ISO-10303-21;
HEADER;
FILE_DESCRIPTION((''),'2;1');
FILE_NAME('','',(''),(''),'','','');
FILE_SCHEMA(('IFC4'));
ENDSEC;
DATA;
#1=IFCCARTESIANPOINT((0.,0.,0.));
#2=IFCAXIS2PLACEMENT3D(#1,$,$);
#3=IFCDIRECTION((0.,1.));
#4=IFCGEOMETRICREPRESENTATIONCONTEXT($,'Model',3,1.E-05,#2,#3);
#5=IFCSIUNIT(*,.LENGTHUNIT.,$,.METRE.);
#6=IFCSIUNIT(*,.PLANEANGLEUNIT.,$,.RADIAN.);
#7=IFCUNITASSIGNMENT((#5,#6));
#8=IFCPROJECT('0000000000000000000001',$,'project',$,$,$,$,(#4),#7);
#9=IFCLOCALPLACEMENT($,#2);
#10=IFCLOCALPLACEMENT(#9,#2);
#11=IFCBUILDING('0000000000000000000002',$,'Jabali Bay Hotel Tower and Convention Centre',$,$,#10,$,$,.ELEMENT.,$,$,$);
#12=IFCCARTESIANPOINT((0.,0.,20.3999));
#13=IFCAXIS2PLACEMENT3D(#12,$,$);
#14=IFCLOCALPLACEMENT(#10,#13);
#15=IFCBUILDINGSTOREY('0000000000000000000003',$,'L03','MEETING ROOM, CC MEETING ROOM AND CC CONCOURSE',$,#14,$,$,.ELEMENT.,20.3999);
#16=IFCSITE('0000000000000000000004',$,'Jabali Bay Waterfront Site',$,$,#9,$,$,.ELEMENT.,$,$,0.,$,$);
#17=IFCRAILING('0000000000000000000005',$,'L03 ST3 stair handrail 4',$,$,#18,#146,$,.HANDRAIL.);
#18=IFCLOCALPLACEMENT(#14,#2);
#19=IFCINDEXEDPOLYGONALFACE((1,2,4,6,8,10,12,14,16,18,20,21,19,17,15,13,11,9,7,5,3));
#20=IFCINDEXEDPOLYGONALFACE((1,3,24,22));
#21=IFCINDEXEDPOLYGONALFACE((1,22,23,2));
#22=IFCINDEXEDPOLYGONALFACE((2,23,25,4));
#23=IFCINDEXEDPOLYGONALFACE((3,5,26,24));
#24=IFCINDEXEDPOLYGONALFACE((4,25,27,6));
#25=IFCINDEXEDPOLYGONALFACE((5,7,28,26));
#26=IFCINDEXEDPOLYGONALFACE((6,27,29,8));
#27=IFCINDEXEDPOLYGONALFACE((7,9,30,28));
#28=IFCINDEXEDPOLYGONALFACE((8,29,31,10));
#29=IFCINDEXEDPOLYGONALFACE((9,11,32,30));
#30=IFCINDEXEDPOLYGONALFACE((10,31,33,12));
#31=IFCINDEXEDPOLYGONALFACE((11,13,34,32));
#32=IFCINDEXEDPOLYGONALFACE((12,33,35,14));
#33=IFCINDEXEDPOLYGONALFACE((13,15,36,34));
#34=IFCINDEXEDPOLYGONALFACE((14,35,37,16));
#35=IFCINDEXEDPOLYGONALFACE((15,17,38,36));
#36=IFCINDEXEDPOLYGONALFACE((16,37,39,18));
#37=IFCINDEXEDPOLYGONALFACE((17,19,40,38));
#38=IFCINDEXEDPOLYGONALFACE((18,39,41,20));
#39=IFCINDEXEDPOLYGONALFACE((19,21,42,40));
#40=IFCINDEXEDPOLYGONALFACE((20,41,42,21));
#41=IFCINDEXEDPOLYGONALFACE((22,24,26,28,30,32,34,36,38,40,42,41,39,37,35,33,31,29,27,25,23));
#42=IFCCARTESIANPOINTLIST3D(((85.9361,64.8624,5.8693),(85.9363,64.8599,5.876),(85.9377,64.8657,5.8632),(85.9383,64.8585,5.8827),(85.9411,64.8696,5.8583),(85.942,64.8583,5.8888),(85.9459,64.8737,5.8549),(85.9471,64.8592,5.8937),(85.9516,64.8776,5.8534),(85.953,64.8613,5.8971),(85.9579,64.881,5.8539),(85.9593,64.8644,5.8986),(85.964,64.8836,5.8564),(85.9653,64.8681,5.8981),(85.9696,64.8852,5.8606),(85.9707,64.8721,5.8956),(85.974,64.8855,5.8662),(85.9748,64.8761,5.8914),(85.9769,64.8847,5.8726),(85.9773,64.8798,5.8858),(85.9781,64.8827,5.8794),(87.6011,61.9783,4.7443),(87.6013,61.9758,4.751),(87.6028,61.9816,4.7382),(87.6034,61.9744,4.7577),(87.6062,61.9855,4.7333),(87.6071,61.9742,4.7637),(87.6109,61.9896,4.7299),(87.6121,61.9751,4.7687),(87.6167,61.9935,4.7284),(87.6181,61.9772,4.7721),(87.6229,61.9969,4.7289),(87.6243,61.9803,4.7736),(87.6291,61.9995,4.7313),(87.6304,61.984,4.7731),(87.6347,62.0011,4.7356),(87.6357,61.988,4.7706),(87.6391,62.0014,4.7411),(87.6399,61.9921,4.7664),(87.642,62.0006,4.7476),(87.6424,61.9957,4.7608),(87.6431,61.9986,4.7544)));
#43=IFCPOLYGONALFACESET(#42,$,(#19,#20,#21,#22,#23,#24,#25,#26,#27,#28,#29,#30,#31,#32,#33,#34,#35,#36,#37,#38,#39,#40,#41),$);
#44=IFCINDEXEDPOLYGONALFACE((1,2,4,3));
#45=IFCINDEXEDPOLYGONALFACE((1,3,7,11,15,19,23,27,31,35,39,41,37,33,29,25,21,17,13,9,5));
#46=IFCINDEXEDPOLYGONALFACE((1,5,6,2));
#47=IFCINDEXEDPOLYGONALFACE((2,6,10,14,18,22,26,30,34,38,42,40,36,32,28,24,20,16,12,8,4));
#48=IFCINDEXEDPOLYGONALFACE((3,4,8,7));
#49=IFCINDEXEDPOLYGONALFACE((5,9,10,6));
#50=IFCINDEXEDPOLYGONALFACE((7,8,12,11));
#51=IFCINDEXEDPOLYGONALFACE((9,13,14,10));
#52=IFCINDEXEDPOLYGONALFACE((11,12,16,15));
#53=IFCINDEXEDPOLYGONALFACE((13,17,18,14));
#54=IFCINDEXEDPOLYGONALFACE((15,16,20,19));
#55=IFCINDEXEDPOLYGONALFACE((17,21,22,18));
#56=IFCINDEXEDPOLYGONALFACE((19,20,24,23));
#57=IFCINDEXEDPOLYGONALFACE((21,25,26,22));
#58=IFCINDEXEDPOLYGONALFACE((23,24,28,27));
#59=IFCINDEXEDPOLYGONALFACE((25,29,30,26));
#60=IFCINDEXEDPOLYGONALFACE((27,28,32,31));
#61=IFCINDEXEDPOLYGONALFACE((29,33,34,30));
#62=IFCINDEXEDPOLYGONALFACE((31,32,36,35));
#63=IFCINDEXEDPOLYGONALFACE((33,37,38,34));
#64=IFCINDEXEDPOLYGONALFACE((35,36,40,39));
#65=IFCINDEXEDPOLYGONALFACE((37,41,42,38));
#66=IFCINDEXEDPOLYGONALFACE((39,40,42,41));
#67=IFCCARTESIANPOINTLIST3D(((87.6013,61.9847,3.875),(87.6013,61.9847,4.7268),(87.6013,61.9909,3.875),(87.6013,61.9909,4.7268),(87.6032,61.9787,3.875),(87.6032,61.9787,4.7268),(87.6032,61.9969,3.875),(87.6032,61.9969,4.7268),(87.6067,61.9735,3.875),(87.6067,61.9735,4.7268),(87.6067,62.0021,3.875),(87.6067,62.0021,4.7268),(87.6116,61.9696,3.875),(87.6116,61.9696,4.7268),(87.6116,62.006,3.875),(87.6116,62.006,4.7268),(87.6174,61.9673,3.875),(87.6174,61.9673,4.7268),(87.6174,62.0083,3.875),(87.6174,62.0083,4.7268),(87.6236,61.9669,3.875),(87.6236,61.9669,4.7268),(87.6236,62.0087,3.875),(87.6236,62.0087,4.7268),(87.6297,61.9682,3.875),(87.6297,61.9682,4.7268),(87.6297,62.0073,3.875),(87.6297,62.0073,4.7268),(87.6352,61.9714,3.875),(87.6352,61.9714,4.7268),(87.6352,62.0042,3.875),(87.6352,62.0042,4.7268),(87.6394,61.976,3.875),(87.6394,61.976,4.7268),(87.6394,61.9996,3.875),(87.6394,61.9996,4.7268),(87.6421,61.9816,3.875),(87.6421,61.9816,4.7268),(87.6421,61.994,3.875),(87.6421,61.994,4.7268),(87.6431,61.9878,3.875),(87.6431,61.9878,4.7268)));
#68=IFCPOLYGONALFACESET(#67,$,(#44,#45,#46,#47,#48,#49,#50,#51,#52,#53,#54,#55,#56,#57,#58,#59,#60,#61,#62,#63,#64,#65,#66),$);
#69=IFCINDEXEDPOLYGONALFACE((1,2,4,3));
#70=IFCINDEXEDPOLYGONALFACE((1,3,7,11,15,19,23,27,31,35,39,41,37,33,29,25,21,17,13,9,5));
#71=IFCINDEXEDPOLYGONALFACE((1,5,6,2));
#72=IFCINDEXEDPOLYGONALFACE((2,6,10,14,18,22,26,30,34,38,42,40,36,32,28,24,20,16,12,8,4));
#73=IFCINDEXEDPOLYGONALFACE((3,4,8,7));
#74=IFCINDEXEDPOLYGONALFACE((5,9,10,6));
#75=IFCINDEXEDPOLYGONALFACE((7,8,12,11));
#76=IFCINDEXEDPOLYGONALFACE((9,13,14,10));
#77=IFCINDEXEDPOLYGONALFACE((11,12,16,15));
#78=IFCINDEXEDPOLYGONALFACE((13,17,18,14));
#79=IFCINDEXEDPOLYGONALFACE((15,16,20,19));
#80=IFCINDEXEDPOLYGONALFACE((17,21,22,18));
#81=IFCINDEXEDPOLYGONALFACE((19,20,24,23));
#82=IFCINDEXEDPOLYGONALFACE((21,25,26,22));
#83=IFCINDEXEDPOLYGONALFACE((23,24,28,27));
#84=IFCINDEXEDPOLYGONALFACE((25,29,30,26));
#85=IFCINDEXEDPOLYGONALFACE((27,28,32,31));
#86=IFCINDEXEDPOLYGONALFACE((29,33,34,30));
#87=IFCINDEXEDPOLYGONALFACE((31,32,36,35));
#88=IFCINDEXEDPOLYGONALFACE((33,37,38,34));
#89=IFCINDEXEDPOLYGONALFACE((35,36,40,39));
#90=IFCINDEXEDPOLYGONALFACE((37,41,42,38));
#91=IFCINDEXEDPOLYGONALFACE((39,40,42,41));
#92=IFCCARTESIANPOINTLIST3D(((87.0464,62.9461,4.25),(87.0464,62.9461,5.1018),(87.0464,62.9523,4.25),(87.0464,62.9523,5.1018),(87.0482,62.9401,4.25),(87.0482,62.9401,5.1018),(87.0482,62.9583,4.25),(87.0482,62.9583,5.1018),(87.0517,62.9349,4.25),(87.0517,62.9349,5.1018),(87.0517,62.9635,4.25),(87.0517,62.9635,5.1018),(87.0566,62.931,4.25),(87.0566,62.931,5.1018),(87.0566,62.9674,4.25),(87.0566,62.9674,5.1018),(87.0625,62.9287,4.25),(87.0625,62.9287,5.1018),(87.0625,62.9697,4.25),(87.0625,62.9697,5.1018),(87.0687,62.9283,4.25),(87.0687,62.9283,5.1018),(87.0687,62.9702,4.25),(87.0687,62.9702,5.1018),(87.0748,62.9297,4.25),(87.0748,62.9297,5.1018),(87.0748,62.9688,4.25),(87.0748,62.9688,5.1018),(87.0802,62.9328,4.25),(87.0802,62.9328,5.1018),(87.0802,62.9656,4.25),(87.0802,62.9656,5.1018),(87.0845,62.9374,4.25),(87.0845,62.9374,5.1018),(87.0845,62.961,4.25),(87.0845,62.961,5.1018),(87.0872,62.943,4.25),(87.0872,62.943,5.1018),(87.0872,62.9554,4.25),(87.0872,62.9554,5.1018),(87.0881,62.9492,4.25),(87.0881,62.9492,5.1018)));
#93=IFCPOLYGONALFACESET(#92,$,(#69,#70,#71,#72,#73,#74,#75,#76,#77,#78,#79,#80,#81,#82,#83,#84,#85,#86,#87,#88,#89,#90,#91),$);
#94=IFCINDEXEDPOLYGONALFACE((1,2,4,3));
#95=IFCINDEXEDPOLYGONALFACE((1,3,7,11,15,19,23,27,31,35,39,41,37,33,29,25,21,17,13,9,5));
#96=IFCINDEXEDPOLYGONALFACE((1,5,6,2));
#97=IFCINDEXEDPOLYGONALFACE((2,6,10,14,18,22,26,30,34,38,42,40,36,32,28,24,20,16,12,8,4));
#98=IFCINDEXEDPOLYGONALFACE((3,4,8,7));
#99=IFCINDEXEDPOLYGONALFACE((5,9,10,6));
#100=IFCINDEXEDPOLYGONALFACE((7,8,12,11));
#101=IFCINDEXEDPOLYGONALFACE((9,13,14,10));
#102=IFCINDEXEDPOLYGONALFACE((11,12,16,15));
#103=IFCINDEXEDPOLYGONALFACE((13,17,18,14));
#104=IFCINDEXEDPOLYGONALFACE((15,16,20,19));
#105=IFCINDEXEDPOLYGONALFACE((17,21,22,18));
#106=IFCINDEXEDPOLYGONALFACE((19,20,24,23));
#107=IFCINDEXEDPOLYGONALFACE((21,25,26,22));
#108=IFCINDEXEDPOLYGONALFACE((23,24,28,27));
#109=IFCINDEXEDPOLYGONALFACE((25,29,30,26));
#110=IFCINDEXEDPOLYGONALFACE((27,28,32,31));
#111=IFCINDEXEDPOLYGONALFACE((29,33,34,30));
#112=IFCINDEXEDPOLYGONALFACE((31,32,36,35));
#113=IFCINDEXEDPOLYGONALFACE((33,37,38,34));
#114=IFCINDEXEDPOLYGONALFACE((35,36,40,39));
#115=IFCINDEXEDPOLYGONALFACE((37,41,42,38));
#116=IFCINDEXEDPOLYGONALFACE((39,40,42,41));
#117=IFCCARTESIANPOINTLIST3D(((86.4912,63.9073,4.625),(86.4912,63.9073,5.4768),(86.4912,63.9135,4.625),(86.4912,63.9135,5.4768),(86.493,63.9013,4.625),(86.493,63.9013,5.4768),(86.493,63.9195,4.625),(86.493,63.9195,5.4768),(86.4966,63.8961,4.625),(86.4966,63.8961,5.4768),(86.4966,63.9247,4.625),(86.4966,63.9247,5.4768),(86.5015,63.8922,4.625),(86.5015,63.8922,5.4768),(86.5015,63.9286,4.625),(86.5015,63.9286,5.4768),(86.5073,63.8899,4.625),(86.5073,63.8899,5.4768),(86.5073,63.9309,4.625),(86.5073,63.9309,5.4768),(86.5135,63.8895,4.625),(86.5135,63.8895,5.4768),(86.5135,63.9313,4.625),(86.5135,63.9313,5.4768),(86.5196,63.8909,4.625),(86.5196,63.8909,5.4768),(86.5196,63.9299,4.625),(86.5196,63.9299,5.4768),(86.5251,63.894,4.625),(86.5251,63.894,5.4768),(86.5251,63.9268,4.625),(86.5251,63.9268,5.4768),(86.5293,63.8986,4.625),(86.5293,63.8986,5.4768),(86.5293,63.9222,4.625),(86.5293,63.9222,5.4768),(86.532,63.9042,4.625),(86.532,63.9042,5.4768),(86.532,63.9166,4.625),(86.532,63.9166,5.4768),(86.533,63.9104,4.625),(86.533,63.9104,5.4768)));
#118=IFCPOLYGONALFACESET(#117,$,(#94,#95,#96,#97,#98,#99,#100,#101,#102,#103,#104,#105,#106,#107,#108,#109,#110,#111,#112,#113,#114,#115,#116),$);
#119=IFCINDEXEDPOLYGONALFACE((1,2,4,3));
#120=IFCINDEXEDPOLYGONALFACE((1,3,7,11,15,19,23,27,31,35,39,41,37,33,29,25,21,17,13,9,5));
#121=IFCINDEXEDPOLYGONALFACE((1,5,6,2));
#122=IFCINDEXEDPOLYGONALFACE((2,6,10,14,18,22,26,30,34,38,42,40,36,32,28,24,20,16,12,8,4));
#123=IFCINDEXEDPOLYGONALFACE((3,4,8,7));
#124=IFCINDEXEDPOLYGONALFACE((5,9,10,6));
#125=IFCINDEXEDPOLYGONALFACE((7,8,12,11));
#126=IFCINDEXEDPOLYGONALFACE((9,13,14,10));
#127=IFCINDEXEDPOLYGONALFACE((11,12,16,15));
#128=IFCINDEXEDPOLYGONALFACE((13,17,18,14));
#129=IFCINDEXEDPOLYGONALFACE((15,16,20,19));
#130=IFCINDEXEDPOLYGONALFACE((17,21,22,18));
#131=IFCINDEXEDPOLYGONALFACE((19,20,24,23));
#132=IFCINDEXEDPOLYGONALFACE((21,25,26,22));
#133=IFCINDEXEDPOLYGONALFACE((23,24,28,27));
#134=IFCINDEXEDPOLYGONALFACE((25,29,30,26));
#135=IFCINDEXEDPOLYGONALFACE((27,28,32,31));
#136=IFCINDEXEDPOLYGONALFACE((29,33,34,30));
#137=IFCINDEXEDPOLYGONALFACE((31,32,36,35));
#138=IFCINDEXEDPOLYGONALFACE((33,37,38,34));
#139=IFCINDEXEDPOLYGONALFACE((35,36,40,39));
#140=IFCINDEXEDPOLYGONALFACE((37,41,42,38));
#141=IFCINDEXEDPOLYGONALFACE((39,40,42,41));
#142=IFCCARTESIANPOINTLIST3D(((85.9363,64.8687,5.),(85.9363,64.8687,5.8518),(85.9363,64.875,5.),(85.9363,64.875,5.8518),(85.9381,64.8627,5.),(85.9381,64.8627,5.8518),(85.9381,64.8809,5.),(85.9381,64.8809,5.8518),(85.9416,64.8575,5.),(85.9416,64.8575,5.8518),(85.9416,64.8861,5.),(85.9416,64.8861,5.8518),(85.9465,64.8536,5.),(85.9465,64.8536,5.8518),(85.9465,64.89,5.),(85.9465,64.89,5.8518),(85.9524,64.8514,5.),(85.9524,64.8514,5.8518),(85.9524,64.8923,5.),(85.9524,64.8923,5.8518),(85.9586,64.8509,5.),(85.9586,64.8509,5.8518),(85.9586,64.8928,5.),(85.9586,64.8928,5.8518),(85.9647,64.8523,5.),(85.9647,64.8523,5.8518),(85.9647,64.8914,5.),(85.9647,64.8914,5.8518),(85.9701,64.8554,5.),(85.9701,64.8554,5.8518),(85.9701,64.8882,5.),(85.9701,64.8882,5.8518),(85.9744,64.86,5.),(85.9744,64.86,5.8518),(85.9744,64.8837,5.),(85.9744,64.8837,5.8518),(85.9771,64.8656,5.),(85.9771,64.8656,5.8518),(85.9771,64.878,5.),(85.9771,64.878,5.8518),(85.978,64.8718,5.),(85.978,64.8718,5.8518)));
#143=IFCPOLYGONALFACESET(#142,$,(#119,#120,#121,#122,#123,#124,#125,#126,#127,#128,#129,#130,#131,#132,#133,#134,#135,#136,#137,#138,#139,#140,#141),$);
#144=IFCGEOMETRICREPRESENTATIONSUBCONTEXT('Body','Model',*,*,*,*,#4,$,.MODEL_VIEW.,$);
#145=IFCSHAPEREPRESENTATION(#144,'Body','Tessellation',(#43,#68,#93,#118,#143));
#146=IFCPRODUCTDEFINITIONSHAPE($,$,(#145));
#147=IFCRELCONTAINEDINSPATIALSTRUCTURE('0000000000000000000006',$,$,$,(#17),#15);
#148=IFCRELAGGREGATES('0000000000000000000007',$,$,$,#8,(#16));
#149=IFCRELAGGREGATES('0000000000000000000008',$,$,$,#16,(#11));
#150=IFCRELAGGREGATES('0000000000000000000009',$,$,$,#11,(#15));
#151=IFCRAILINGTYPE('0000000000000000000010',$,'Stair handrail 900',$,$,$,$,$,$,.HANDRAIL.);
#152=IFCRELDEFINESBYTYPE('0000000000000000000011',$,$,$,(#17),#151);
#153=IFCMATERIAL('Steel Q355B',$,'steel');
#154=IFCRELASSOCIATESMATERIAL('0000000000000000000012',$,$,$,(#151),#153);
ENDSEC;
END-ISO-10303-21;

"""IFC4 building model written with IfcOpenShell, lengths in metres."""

from ifc_helpers import new_model, si_unit, direction, frame, origin, origin_2d, place, context, subcontext, project, spatial, circle, extrude, material, type_object, element, save


model = new_model("IFC4")

# Units and contexts
model_context = context("Model", 3, precision=1e-05, world=origin(), true_north=direction((0.0, 1.0)))
body_context = subcontext(model_context, "Body", "Model", "MODEL_VIEW")
ifc_project = project(units=[si_unit("LENGTHUNIT", "METRE"), si_unit("PLANEANGLEUNIT", "RADIAN")], contexts=[model_context])

# Site, building, storey
site_placement = place(None, origin())
site = spatial("IfcSite", under=ifc_project, at=site_placement, Name="Jabali Bay Waterfront Site", CompositionType="ELEMENT", RefElevation=0.0)
building_placement = place(site_placement, origin())
building = spatial("IfcBuilding", under=site, at=building_placement, Name="Jabali Bay Hotel Tower and Convention Centre", CompositionType="ELEMENT")
storey_placement = place(building_placement, frame((0.0, 0.0, 20.3999)))
storey = spatial("IfcBuildingStorey", under=building, at=storey_placement, Name="L03", Description="MEETING ROOM, CC MEETING ROOM AND CC CONCOURSE", CompositionType="ELEMENT", Elevation=20.3999)

# Railing
ifc_material_1 = material(Name="Steel Q355B", Category="steel")
railing_type_1 = type_object("IfcRailingType", Name="Stair handrail 900", PredefinedType="HANDRAIL", material=ifc_material_1)
for number, where, name in (
    (1, (87.6221, 61.9878, 3.875), "L03 ST3 stair handrail 4"),
):
    element("IfcRailing", number, at=place(storey_placement, frame(where)), inside=storey, type_object=railing_type_1, Name=name, PredefinedType="HANDRAIL", context=body_context, shape_type="SweptSolid", body=[
        extrude(circle(Radius=0.0239, at=origin_2d()), frame((0.0, 0.0, 0.876), z_axis=(-0.473688, 0.82048, 0.320052), x_axis=(-0.866033, -0.499987, 0.0)), (0.0, 0.0, 1.0), 3.5151),
        extrude(circle(Radius=0.021, at=origin_2d()), origin(), (0.0, 0.0, 1.0), 0.8518),
        extrude(circle(Radius=0.021, at=origin_2d()), frame((-0.5549, 0.9614, 0.375)), (0.0, 0.0, 1.0), 0.8518),
        extrude(circle(Radius=0.021, at=origin_2d()), frame((-1.1101, 1.9226, 0.75)), (0.0, 0.0, 1.0), 0.8518),
        extrude(circle(Radius=0.021, at=origin_2d()), frame((-1.665, 2.884, 1.125)), (0.0, 0.0, 1.0), 0.8518),
    ])

save(model, "model.ifc")
